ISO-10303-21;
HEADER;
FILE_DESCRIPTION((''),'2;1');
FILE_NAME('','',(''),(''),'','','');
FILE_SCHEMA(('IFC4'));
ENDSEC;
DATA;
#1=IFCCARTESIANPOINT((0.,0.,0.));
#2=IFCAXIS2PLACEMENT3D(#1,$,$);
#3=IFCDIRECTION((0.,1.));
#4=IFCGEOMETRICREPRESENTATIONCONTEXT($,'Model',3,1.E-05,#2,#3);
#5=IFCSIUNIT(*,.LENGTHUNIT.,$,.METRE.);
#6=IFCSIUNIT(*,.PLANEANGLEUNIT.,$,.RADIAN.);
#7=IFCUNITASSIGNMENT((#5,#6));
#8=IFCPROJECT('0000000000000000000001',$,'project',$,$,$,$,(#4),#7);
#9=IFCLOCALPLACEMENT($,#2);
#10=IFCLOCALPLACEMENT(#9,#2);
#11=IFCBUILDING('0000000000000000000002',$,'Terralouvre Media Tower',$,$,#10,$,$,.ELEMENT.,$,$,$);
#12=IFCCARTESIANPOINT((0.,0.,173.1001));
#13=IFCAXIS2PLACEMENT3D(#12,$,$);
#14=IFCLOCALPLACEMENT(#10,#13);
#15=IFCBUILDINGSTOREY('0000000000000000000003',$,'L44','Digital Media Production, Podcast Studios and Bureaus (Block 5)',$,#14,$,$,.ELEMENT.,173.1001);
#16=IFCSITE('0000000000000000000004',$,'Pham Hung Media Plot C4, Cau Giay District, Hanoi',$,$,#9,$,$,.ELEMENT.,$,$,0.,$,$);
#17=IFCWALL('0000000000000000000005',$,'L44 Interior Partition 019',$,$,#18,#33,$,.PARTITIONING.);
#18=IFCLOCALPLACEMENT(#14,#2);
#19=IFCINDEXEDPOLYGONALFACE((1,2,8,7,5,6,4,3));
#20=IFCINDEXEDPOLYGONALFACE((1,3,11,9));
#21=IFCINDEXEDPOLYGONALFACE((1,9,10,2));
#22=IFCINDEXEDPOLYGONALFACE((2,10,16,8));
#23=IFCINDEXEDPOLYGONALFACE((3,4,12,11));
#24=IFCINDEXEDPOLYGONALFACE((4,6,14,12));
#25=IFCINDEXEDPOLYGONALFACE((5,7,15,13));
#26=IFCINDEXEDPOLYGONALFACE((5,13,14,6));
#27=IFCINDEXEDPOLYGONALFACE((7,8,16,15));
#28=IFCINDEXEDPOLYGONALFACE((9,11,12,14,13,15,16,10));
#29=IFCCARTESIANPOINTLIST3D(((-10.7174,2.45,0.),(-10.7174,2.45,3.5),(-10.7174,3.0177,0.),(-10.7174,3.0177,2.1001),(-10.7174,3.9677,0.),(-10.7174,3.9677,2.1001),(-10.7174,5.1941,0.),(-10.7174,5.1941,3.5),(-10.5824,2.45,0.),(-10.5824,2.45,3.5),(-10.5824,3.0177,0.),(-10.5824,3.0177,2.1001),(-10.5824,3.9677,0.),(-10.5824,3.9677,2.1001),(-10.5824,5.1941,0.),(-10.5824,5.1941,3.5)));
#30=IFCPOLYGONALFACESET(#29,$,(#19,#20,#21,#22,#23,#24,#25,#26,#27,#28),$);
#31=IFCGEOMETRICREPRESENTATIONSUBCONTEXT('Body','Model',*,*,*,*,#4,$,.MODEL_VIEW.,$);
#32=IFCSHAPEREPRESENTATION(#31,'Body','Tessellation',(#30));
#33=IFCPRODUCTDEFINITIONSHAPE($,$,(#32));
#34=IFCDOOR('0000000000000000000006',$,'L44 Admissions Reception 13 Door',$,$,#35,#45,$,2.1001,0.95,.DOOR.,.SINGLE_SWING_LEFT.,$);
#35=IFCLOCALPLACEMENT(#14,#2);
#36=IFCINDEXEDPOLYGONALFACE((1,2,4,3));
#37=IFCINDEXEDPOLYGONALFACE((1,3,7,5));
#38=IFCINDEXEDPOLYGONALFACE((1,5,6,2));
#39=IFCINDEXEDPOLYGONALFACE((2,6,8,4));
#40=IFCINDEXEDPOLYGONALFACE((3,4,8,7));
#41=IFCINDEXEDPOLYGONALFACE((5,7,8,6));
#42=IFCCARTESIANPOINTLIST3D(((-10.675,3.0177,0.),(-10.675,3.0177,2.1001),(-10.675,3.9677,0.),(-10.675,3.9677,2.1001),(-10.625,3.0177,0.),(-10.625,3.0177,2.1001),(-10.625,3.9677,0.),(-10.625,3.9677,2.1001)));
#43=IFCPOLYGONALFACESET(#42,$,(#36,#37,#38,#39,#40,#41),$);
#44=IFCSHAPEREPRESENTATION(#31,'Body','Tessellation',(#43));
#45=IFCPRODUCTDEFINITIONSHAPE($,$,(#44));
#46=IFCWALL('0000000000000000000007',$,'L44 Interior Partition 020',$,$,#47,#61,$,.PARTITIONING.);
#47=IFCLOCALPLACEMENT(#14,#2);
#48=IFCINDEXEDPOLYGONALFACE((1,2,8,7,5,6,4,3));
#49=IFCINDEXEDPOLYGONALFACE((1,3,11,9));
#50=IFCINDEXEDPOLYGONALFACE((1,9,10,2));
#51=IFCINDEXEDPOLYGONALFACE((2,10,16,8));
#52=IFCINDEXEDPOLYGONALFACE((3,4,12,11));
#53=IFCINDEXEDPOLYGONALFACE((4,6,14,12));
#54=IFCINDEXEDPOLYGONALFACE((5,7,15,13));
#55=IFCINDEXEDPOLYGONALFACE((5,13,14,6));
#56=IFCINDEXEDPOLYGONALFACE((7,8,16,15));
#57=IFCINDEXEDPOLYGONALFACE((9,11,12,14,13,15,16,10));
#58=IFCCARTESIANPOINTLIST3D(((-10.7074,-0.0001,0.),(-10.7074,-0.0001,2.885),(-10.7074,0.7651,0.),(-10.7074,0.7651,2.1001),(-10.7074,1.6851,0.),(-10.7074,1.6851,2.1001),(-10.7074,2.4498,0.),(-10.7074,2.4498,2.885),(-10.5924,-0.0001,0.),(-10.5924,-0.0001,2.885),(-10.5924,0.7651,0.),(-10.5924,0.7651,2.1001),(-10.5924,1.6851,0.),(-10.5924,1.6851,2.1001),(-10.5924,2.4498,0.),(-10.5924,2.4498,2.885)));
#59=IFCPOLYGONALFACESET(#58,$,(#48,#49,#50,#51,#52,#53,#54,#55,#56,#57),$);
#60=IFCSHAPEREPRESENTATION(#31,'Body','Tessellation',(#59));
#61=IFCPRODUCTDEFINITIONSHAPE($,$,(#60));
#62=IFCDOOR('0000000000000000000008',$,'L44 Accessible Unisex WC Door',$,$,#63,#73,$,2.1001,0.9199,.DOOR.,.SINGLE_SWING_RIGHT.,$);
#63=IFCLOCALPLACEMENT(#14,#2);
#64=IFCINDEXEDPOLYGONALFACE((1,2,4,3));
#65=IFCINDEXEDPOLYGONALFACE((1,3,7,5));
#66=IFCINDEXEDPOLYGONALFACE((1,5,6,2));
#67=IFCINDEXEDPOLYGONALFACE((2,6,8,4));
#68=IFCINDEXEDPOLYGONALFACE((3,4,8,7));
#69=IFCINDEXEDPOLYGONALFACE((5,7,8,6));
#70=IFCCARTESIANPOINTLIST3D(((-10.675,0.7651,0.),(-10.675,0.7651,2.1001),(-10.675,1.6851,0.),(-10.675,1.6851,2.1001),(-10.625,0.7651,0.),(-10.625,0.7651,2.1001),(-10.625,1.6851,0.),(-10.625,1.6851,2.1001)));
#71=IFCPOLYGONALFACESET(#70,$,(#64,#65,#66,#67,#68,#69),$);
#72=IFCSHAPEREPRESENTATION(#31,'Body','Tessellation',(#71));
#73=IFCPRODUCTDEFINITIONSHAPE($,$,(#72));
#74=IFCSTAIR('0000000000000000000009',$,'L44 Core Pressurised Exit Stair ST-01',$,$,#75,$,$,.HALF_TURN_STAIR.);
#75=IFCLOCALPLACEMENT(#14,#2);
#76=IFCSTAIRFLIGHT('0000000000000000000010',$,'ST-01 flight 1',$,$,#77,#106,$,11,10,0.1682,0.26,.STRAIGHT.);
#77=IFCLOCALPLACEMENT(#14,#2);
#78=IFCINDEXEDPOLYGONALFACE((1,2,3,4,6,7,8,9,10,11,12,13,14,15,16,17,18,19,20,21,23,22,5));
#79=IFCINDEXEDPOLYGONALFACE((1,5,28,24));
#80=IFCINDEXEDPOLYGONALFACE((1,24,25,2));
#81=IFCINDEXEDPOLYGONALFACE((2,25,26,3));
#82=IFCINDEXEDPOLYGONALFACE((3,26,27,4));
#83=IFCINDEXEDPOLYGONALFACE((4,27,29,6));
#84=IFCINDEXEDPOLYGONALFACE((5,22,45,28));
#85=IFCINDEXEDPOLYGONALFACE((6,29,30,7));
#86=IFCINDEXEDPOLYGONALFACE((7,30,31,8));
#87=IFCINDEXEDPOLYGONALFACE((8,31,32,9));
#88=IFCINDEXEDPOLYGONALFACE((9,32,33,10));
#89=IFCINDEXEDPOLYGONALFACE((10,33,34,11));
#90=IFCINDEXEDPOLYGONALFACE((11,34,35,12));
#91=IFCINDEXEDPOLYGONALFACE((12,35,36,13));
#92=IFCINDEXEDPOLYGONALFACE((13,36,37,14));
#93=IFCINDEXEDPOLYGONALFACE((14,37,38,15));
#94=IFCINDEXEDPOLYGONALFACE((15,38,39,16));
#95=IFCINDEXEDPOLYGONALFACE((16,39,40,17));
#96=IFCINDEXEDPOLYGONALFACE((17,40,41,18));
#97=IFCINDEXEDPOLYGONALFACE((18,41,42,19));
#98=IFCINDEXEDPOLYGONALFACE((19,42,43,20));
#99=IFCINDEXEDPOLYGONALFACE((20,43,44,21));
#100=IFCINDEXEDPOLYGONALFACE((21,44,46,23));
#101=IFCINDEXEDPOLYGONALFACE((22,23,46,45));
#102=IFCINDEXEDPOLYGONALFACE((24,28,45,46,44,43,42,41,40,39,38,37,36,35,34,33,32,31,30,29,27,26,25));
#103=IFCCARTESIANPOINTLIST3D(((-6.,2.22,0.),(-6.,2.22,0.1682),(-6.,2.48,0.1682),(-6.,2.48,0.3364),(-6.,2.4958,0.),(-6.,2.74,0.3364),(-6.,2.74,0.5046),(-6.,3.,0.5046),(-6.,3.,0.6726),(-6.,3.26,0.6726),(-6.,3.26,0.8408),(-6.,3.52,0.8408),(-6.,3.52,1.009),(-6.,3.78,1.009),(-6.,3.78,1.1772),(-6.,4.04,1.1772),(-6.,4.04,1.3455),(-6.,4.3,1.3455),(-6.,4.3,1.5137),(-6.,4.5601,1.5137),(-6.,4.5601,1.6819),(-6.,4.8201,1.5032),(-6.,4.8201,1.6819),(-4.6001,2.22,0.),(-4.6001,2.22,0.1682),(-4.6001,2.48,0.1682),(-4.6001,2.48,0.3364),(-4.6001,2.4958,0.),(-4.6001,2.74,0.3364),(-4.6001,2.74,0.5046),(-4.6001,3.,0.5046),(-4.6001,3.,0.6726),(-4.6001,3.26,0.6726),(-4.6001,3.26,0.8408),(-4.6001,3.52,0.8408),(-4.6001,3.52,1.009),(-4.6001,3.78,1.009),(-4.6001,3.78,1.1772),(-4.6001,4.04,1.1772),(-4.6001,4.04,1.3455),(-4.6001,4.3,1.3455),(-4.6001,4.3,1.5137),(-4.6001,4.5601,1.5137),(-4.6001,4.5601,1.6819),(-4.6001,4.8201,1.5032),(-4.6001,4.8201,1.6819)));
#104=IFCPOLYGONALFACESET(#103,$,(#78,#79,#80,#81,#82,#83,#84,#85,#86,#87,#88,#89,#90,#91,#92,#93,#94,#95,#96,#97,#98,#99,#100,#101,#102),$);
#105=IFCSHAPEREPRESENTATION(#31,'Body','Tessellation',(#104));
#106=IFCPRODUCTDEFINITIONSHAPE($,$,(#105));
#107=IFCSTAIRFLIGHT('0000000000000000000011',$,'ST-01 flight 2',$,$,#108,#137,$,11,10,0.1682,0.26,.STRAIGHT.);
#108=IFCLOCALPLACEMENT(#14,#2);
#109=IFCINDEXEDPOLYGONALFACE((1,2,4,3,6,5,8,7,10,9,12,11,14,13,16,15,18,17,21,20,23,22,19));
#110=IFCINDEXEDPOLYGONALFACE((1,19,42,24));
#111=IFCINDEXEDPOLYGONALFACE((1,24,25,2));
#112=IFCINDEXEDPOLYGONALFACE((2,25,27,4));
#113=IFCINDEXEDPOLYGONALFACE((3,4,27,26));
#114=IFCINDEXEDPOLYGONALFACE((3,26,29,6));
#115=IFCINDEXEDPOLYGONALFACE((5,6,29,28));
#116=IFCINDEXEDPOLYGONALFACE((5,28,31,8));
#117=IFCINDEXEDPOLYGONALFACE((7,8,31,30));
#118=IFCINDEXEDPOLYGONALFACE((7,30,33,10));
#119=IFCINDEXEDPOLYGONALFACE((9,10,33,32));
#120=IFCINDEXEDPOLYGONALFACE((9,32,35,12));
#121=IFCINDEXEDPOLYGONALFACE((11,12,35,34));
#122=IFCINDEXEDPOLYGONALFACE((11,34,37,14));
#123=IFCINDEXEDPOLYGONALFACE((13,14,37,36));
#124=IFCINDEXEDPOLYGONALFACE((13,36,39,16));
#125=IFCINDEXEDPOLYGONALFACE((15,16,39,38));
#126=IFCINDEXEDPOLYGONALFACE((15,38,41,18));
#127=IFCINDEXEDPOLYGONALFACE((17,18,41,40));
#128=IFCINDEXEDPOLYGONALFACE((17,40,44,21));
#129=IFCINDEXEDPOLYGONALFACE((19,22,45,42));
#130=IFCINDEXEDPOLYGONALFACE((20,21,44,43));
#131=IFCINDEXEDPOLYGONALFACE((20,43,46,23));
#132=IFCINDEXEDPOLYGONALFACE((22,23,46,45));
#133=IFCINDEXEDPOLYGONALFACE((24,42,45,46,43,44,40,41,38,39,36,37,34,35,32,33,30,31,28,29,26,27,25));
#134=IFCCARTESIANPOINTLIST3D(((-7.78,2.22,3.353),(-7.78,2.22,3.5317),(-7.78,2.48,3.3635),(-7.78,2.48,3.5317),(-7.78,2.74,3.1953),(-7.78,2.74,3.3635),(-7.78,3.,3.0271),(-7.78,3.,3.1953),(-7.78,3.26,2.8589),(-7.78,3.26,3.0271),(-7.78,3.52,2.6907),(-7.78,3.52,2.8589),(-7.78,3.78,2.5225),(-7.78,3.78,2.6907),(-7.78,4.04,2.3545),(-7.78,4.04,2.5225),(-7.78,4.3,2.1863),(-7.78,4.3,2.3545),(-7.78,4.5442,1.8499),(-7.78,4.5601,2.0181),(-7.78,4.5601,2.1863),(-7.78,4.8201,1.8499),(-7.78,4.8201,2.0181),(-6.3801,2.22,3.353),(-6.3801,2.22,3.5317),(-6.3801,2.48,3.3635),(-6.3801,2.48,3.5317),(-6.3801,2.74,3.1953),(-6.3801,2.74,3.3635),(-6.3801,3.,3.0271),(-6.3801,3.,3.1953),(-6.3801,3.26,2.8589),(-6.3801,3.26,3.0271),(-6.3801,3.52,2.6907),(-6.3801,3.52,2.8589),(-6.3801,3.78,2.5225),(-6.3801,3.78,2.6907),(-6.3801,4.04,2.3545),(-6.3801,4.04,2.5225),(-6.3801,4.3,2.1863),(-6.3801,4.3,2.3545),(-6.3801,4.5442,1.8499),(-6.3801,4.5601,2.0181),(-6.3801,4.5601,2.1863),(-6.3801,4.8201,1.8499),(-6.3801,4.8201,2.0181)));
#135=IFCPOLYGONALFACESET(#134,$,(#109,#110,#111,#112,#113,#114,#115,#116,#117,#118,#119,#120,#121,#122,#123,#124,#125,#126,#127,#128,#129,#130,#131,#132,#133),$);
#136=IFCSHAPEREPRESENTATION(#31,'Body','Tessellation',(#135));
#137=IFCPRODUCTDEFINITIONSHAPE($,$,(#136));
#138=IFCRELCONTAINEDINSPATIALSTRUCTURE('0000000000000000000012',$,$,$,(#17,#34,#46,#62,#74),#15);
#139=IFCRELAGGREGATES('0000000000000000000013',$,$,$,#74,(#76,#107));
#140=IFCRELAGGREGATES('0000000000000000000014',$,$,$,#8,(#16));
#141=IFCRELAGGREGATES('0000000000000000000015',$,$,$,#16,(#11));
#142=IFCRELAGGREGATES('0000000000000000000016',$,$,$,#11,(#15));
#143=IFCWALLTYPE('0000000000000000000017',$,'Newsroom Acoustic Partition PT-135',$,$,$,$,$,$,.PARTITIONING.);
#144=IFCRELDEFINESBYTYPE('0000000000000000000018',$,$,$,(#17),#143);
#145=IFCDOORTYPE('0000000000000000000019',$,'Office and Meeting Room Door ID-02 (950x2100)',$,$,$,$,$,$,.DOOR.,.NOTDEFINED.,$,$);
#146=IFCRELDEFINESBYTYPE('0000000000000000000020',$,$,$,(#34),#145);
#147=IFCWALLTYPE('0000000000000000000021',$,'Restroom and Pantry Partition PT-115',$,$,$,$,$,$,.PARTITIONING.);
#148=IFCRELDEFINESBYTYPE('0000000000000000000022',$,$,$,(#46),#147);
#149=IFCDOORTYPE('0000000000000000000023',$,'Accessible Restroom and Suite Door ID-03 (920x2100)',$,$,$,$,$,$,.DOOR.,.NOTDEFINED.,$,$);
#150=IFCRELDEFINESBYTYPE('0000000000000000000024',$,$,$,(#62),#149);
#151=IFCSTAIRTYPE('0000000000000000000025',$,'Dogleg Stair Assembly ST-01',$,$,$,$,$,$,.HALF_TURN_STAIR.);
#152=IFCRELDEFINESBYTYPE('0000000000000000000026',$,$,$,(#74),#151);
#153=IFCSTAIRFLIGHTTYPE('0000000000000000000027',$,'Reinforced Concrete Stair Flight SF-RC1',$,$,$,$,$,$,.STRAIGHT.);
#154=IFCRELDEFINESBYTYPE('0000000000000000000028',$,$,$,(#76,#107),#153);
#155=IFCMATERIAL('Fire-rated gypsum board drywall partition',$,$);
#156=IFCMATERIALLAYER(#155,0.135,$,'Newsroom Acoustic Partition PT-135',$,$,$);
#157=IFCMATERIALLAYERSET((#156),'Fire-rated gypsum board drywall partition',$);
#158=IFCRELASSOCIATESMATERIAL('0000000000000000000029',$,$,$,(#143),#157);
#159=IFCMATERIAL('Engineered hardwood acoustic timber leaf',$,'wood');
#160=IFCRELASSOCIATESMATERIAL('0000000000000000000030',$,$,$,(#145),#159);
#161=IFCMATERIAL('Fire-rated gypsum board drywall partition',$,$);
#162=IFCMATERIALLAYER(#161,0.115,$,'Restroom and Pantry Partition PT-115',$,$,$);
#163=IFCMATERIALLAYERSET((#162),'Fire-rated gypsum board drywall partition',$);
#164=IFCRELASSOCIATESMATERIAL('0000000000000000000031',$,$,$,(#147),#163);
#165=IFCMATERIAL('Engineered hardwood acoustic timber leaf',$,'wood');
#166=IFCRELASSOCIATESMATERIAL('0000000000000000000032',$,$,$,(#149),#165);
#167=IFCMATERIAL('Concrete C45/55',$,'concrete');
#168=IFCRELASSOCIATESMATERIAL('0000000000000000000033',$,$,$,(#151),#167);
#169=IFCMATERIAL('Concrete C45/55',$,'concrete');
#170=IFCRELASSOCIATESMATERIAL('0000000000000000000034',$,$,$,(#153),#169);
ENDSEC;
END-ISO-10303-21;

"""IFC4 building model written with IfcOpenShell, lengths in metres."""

from ifc_helpers import new_model, si_unit, direction, frame, frame_2d, origin, place, context, subcontext, project, spatial, polyline, rectangle, outline, extrude, material, layer, layer_set, type_object, element, fill, aggregate, save


model = new_model("IFC4")

# Units and contexts
model_context = context("Model", 3, precision=1e-05, world=origin(), true_north=direction((0.0, 1.0)))
body_context = subcontext(model_context, "Body", "Model", "MODEL_VIEW")
ifc_project = project(units=[si_unit("LENGTHUNIT", "METRE"), si_unit("PLANEANGLEUNIT", "RADIAN")], contexts=[model_context])

# Site, building, storey
site_placement = place(None, origin())
site = spatial("IfcSite", under=ifc_project, at=site_placement, Name="Pham Hung Media Plot C4, Cau Giay District, Hanoi", CompositionType="ELEMENT", RefElevation=0.0)
building_placement = place(site_placement, origin())
building = spatial("IfcBuilding", under=site, at=building_placement, Name="Terralouvre Media Tower", CompositionType="ELEMENT")
storey_placement = place(building_placement, frame((0.0, 0.0, 173.1001)))
storey = spatial("IfcBuildingStorey", under=building, at=storey_placement, Name="L44", Description="Digital Media Production, Podcast Studios and Bureaus (Block 5)", CompositionType="ELEMENT", Elevation=173.1001)

# Walls, openings, doors
ifc_material_1 = material(Name="Fire-rated gypsum board drywall partition")
ifc_layer_1 = layer(ifc_material_1, 0.135, Name="Newsroom Acoustic Partition PT-135")
ifc_layer_set_1 = layer_set([ifc_layer_1], Name="Fire-rated gypsum board drywall partition")
wall_type_1 = type_object("IfcWallType", Name="Newsroom Acoustic Partition PT-135", PredefinedType="PARTITIONING", material=ifc_layer_set_1)
wall_1_placement = place(storey_placement, frame((-10.6499, 5.1941, 0.0), z_axis=(0.0, 0.0, 1.0), x_axis=(0.0, -1.0, 0.0)))
wall_1 = element("IfcWall", 1, at=wall_1_placement, inside=storey, type_object=wall_type_1, Name="L44 Interior Partition 019", PredefinedType="PARTITIONING", context=body_context, shape_type="SweptSolid", body=[
    extrude(rectangle(XDim=2.7441, YDim=0.135, at=frame_2d((1.3721, 0.0))), origin(), (0.0, 0.0, 1.0), 3.5),
])
opening_1_placement = place(wall_1_placement, frame((1.2263, 0.0, 0.0)))
opening_1 = element("IfcOpeningElement", 2, at=opening_1_placement, cuts=wall_1, PredefinedType="OPENING", context=body_context, shape_type="SweptSolid", body=[
    extrude(rectangle(XDim=0.95, YDim=2.1001, at=frame_2d((0.4751, 1.05))), frame((0.0, 0.0774, 0.0), z_axis=(0.0, -1.0, 0.0), x_axis=(1.0, 0.0, 0.0)), (0.0, 0.0, 1.0), 0.155),
])
ifc_material_2 = material(Name="Engineered hardwood acoustic timber leaf", Category="wood")
door_type_1 = type_object("IfcDoorType", Name="Office and Meeting Room Door ID-02 (950x2100)", OperationType="NOTDEFINED", PredefinedType="DOOR", material=ifc_material_2)
door_1_placement = place(opening_1_placement, origin())
door_1 = element("IfcDoor", 3, at=door_1_placement, inside=storey, type_object=door_type_1, Name="L44 Admissions Reception 13 Door", OperationType="SINGLE_SWING_LEFT", OverallHeight=2.1001, OverallWidth=0.95, PredefinedType="DOOR", context=body_context, shape_type="SweptSolid", body=[
    extrude(rectangle(XDim=0.95, YDim=2.1001, at=frame_2d((0.4751, 1.05))), frame((0.0, 0.0249, 0.0), z_axis=(0.0, -1.0, 0.0), x_axis=(1.0, 0.0, 0.0)), (0.0, 0.0, 1.0), 0.05),
])
fill(opening_1, door_1)
ifc_material_3 = material(Name="Fire-rated gypsum board drywall partition")
ifc_layer_2 = layer(ifc_material_3, 0.115, Name="Restroom and Pantry Partition PT-115")
ifc_layer_set_2 = layer_set([ifc_layer_2], Name="Fire-rated gypsum board drywall partition")
wall_type_2 = type_object("IfcWallType", Name="Restroom and Pantry Partition PT-115", PredefinedType="PARTITIONING", material=ifc_layer_set_2)
wall_2_placement = place(storey_placement, frame((-10.6499, 2.45, 0.0), z_axis=(0.0, 0.0, 1.0), x_axis=(0.0, -1.0, 0.0)))
wall_2 = element("IfcWall", 4, at=wall_2_placement, inside=storey, type_object=wall_type_2, Name="L44 Interior Partition 020", PredefinedType="PARTITIONING", context=body_context, shape_type="SweptSolid", body=[
    extrude(rectangle(XDim=2.45, YDim=0.115, at=frame_2d((1.2251, 0.0))), origin(), (0.0, 0.0, 1.0), 2.885),
])
opening_2_placement = place(wall_2_placement, frame((0.7649, 0.0, 0.0)))
opening_2 = element("IfcOpeningElement", 5, at=opening_2_placement, cuts=wall_2, PredefinedType="OPENING", context=body_context, shape_type="SweptSolid", body=[
    extrude(rectangle(XDim=0.9199, YDim=2.1001, at=frame_2d((0.46, 1.05))), frame((0.0, 0.0674, 0.0), z_axis=(0.0, -1.0, 0.0), x_axis=(1.0, 0.0, 0.0)), (0.0, 0.0, 1.0), 0.135),
])
ifc_material_4 = material(Name="Engineered hardwood acoustic timber leaf", Category="wood")
door_type_2 = type_object("IfcDoorType", Name="Accessible Restroom and Suite Door ID-03 (920x2100)", OperationType="NOTDEFINED", PredefinedType="DOOR", material=ifc_material_4)
door_2_placement = place(opening_2_placement, origin())
door_2 = element("IfcDoor", 6, at=door_2_placement, inside=storey, type_object=door_type_2, Name="L44 Accessible Unisex WC Door", OperationType="SINGLE_SWING_RIGHT", OverallHeight=2.1001, OverallWidth=0.9199, PredefinedType="DOOR", context=body_context, shape_type="SweptSolid", body=[
    extrude(rectangle(XDim=0.9199, YDim=2.1001, at=frame_2d((0.46, 1.05))), frame((0.0, 0.0249, 0.0), z_axis=(0.0, -1.0, 0.0), x_axis=(1.0, 0.0, 0.0)), (0.0, 0.0, 1.0), 0.05),
])
fill(opening_2, door_2)

# Stair, stair flights
ifc_material_5 = material(Name="Concrete C45/55", Category="concrete")
stair_type = type_object("IfcStairType", Name="Dogleg Stair Assembly ST-01", PredefinedType="HALF_TURN_STAIR", material=ifc_material_5)
stair_placement = place(storey_placement, origin())
stair = element("IfcStair", 7, at=stair_placement, inside=storey, type_object=stair_type, Name="L44 Core Pressurised Exit Stair ST-01", PredefinedType="HALF_TURN_STAIR")
ifc_material_6 = material(Name="Concrete C45/55", Category="concrete")
stair_flight_type = type_object("IfcStairFlightType", Name="Reinforced Concrete Stair Flight SF-RC1", PredefinedType="STRAIGHT", material=ifc_material_6)
stair_flight_1_placement = place(storey_placement, frame((-5.3, 2.22, 0.0), z_axis=(0.0, 0.0, 1.0), x_axis=(0.0, 1.0, 0.0)))
stair_flight_1 = element("IfcStairFlight", 8, at=stair_flight_1_placement, type_object=stair_flight_type, Name="ST-01 flight 1", NumberOfRisers=11, NumberOfTreads=10, PredefinedType="STRAIGHT", RiserHeight=0.1682, TreadLength=0.26, context=body_context, shape_type="SweptSolid", body=[
    extrude(outline(polyline([(0.0, 0.0), (0.0, 0.1682), (0.26, 0.1682), (0.26, 0.3364), (0.52, 0.3364), (0.52, 0.5046), (0.78, 0.5046), (0.78, 0.6726), (1.04, 0.6726), (1.04, 0.8408), (1.3, 0.8408), (1.3, 1.009), (1.5601, 1.009), (1.5601, 1.1772), (1.8201, 1.1772), (1.8201, 1.3455), (2.0801, 1.3455), (2.0801, 1.5137), (2.3401, 1.5137), (2.3401, 1.6819), (2.6001, 1.6819), (2.6001, 1.8501), (2.6001, 1.5032), (0.2759, 0.0), (0.0, 0.0)])), frame((0.0, 0.7, 0.0), z_axis=(0.0, -1.0, 0.0), x_axis=(1.0, 0.0, 0.0)), (0.0, 0.0, 1.0), 1.3999),
])
stair_flight_2_placement = place(storey_placement, frame((-7.0801, 4.8201, 1.8499), z_axis=(0.0, 0.0, 1.0), x_axis=(0.0, -1.0, 0.0)))
stair_flight_2 = element("IfcStairFlight", 9, at=stair_flight_2_placement, type_object=stair_flight_type, Name="ST-01 flight 2", NumberOfRisers=11, NumberOfTreads=10, PredefinedType="STRAIGHT", RiserHeight=0.1682, TreadLength=0.26, context=body_context, shape_type="SweptSolid", body=[
    extrude(outline(polyline([(0.0, 0.0), (0.0, 0.1682), (0.26, 0.1682), (0.26, 0.3364), (0.52, 0.3364), (0.52, 0.5046), (0.78, 0.5046), (0.78, 0.6726), (1.04, 0.6726), (1.04, 0.8408), (1.3, 0.8408), (1.3, 1.009), (1.5601, 1.009), (1.5601, 1.1772), (1.8201, 1.1772), (1.8201, 1.3455), (2.0801, 1.3455), (2.0801, 1.5137), (2.3401, 1.5137), (2.3401, 1.6819), (2.6001, 1.6819), (2.6001, 1.8501), (2.6001, 1.5032), (0.2759, 0.0), (0.0, 0.0)])), frame((0.0, 0.7, 0.0), z_axis=(0.0, -1.0, 0.0), x_axis=(1.0, 0.0, 0.0)), (0.0, 0.0, 1.0), 1.3999),
])
aggregate(stair, [stair_flight_1, stair_flight_2])

save(model, "model.ifc")
